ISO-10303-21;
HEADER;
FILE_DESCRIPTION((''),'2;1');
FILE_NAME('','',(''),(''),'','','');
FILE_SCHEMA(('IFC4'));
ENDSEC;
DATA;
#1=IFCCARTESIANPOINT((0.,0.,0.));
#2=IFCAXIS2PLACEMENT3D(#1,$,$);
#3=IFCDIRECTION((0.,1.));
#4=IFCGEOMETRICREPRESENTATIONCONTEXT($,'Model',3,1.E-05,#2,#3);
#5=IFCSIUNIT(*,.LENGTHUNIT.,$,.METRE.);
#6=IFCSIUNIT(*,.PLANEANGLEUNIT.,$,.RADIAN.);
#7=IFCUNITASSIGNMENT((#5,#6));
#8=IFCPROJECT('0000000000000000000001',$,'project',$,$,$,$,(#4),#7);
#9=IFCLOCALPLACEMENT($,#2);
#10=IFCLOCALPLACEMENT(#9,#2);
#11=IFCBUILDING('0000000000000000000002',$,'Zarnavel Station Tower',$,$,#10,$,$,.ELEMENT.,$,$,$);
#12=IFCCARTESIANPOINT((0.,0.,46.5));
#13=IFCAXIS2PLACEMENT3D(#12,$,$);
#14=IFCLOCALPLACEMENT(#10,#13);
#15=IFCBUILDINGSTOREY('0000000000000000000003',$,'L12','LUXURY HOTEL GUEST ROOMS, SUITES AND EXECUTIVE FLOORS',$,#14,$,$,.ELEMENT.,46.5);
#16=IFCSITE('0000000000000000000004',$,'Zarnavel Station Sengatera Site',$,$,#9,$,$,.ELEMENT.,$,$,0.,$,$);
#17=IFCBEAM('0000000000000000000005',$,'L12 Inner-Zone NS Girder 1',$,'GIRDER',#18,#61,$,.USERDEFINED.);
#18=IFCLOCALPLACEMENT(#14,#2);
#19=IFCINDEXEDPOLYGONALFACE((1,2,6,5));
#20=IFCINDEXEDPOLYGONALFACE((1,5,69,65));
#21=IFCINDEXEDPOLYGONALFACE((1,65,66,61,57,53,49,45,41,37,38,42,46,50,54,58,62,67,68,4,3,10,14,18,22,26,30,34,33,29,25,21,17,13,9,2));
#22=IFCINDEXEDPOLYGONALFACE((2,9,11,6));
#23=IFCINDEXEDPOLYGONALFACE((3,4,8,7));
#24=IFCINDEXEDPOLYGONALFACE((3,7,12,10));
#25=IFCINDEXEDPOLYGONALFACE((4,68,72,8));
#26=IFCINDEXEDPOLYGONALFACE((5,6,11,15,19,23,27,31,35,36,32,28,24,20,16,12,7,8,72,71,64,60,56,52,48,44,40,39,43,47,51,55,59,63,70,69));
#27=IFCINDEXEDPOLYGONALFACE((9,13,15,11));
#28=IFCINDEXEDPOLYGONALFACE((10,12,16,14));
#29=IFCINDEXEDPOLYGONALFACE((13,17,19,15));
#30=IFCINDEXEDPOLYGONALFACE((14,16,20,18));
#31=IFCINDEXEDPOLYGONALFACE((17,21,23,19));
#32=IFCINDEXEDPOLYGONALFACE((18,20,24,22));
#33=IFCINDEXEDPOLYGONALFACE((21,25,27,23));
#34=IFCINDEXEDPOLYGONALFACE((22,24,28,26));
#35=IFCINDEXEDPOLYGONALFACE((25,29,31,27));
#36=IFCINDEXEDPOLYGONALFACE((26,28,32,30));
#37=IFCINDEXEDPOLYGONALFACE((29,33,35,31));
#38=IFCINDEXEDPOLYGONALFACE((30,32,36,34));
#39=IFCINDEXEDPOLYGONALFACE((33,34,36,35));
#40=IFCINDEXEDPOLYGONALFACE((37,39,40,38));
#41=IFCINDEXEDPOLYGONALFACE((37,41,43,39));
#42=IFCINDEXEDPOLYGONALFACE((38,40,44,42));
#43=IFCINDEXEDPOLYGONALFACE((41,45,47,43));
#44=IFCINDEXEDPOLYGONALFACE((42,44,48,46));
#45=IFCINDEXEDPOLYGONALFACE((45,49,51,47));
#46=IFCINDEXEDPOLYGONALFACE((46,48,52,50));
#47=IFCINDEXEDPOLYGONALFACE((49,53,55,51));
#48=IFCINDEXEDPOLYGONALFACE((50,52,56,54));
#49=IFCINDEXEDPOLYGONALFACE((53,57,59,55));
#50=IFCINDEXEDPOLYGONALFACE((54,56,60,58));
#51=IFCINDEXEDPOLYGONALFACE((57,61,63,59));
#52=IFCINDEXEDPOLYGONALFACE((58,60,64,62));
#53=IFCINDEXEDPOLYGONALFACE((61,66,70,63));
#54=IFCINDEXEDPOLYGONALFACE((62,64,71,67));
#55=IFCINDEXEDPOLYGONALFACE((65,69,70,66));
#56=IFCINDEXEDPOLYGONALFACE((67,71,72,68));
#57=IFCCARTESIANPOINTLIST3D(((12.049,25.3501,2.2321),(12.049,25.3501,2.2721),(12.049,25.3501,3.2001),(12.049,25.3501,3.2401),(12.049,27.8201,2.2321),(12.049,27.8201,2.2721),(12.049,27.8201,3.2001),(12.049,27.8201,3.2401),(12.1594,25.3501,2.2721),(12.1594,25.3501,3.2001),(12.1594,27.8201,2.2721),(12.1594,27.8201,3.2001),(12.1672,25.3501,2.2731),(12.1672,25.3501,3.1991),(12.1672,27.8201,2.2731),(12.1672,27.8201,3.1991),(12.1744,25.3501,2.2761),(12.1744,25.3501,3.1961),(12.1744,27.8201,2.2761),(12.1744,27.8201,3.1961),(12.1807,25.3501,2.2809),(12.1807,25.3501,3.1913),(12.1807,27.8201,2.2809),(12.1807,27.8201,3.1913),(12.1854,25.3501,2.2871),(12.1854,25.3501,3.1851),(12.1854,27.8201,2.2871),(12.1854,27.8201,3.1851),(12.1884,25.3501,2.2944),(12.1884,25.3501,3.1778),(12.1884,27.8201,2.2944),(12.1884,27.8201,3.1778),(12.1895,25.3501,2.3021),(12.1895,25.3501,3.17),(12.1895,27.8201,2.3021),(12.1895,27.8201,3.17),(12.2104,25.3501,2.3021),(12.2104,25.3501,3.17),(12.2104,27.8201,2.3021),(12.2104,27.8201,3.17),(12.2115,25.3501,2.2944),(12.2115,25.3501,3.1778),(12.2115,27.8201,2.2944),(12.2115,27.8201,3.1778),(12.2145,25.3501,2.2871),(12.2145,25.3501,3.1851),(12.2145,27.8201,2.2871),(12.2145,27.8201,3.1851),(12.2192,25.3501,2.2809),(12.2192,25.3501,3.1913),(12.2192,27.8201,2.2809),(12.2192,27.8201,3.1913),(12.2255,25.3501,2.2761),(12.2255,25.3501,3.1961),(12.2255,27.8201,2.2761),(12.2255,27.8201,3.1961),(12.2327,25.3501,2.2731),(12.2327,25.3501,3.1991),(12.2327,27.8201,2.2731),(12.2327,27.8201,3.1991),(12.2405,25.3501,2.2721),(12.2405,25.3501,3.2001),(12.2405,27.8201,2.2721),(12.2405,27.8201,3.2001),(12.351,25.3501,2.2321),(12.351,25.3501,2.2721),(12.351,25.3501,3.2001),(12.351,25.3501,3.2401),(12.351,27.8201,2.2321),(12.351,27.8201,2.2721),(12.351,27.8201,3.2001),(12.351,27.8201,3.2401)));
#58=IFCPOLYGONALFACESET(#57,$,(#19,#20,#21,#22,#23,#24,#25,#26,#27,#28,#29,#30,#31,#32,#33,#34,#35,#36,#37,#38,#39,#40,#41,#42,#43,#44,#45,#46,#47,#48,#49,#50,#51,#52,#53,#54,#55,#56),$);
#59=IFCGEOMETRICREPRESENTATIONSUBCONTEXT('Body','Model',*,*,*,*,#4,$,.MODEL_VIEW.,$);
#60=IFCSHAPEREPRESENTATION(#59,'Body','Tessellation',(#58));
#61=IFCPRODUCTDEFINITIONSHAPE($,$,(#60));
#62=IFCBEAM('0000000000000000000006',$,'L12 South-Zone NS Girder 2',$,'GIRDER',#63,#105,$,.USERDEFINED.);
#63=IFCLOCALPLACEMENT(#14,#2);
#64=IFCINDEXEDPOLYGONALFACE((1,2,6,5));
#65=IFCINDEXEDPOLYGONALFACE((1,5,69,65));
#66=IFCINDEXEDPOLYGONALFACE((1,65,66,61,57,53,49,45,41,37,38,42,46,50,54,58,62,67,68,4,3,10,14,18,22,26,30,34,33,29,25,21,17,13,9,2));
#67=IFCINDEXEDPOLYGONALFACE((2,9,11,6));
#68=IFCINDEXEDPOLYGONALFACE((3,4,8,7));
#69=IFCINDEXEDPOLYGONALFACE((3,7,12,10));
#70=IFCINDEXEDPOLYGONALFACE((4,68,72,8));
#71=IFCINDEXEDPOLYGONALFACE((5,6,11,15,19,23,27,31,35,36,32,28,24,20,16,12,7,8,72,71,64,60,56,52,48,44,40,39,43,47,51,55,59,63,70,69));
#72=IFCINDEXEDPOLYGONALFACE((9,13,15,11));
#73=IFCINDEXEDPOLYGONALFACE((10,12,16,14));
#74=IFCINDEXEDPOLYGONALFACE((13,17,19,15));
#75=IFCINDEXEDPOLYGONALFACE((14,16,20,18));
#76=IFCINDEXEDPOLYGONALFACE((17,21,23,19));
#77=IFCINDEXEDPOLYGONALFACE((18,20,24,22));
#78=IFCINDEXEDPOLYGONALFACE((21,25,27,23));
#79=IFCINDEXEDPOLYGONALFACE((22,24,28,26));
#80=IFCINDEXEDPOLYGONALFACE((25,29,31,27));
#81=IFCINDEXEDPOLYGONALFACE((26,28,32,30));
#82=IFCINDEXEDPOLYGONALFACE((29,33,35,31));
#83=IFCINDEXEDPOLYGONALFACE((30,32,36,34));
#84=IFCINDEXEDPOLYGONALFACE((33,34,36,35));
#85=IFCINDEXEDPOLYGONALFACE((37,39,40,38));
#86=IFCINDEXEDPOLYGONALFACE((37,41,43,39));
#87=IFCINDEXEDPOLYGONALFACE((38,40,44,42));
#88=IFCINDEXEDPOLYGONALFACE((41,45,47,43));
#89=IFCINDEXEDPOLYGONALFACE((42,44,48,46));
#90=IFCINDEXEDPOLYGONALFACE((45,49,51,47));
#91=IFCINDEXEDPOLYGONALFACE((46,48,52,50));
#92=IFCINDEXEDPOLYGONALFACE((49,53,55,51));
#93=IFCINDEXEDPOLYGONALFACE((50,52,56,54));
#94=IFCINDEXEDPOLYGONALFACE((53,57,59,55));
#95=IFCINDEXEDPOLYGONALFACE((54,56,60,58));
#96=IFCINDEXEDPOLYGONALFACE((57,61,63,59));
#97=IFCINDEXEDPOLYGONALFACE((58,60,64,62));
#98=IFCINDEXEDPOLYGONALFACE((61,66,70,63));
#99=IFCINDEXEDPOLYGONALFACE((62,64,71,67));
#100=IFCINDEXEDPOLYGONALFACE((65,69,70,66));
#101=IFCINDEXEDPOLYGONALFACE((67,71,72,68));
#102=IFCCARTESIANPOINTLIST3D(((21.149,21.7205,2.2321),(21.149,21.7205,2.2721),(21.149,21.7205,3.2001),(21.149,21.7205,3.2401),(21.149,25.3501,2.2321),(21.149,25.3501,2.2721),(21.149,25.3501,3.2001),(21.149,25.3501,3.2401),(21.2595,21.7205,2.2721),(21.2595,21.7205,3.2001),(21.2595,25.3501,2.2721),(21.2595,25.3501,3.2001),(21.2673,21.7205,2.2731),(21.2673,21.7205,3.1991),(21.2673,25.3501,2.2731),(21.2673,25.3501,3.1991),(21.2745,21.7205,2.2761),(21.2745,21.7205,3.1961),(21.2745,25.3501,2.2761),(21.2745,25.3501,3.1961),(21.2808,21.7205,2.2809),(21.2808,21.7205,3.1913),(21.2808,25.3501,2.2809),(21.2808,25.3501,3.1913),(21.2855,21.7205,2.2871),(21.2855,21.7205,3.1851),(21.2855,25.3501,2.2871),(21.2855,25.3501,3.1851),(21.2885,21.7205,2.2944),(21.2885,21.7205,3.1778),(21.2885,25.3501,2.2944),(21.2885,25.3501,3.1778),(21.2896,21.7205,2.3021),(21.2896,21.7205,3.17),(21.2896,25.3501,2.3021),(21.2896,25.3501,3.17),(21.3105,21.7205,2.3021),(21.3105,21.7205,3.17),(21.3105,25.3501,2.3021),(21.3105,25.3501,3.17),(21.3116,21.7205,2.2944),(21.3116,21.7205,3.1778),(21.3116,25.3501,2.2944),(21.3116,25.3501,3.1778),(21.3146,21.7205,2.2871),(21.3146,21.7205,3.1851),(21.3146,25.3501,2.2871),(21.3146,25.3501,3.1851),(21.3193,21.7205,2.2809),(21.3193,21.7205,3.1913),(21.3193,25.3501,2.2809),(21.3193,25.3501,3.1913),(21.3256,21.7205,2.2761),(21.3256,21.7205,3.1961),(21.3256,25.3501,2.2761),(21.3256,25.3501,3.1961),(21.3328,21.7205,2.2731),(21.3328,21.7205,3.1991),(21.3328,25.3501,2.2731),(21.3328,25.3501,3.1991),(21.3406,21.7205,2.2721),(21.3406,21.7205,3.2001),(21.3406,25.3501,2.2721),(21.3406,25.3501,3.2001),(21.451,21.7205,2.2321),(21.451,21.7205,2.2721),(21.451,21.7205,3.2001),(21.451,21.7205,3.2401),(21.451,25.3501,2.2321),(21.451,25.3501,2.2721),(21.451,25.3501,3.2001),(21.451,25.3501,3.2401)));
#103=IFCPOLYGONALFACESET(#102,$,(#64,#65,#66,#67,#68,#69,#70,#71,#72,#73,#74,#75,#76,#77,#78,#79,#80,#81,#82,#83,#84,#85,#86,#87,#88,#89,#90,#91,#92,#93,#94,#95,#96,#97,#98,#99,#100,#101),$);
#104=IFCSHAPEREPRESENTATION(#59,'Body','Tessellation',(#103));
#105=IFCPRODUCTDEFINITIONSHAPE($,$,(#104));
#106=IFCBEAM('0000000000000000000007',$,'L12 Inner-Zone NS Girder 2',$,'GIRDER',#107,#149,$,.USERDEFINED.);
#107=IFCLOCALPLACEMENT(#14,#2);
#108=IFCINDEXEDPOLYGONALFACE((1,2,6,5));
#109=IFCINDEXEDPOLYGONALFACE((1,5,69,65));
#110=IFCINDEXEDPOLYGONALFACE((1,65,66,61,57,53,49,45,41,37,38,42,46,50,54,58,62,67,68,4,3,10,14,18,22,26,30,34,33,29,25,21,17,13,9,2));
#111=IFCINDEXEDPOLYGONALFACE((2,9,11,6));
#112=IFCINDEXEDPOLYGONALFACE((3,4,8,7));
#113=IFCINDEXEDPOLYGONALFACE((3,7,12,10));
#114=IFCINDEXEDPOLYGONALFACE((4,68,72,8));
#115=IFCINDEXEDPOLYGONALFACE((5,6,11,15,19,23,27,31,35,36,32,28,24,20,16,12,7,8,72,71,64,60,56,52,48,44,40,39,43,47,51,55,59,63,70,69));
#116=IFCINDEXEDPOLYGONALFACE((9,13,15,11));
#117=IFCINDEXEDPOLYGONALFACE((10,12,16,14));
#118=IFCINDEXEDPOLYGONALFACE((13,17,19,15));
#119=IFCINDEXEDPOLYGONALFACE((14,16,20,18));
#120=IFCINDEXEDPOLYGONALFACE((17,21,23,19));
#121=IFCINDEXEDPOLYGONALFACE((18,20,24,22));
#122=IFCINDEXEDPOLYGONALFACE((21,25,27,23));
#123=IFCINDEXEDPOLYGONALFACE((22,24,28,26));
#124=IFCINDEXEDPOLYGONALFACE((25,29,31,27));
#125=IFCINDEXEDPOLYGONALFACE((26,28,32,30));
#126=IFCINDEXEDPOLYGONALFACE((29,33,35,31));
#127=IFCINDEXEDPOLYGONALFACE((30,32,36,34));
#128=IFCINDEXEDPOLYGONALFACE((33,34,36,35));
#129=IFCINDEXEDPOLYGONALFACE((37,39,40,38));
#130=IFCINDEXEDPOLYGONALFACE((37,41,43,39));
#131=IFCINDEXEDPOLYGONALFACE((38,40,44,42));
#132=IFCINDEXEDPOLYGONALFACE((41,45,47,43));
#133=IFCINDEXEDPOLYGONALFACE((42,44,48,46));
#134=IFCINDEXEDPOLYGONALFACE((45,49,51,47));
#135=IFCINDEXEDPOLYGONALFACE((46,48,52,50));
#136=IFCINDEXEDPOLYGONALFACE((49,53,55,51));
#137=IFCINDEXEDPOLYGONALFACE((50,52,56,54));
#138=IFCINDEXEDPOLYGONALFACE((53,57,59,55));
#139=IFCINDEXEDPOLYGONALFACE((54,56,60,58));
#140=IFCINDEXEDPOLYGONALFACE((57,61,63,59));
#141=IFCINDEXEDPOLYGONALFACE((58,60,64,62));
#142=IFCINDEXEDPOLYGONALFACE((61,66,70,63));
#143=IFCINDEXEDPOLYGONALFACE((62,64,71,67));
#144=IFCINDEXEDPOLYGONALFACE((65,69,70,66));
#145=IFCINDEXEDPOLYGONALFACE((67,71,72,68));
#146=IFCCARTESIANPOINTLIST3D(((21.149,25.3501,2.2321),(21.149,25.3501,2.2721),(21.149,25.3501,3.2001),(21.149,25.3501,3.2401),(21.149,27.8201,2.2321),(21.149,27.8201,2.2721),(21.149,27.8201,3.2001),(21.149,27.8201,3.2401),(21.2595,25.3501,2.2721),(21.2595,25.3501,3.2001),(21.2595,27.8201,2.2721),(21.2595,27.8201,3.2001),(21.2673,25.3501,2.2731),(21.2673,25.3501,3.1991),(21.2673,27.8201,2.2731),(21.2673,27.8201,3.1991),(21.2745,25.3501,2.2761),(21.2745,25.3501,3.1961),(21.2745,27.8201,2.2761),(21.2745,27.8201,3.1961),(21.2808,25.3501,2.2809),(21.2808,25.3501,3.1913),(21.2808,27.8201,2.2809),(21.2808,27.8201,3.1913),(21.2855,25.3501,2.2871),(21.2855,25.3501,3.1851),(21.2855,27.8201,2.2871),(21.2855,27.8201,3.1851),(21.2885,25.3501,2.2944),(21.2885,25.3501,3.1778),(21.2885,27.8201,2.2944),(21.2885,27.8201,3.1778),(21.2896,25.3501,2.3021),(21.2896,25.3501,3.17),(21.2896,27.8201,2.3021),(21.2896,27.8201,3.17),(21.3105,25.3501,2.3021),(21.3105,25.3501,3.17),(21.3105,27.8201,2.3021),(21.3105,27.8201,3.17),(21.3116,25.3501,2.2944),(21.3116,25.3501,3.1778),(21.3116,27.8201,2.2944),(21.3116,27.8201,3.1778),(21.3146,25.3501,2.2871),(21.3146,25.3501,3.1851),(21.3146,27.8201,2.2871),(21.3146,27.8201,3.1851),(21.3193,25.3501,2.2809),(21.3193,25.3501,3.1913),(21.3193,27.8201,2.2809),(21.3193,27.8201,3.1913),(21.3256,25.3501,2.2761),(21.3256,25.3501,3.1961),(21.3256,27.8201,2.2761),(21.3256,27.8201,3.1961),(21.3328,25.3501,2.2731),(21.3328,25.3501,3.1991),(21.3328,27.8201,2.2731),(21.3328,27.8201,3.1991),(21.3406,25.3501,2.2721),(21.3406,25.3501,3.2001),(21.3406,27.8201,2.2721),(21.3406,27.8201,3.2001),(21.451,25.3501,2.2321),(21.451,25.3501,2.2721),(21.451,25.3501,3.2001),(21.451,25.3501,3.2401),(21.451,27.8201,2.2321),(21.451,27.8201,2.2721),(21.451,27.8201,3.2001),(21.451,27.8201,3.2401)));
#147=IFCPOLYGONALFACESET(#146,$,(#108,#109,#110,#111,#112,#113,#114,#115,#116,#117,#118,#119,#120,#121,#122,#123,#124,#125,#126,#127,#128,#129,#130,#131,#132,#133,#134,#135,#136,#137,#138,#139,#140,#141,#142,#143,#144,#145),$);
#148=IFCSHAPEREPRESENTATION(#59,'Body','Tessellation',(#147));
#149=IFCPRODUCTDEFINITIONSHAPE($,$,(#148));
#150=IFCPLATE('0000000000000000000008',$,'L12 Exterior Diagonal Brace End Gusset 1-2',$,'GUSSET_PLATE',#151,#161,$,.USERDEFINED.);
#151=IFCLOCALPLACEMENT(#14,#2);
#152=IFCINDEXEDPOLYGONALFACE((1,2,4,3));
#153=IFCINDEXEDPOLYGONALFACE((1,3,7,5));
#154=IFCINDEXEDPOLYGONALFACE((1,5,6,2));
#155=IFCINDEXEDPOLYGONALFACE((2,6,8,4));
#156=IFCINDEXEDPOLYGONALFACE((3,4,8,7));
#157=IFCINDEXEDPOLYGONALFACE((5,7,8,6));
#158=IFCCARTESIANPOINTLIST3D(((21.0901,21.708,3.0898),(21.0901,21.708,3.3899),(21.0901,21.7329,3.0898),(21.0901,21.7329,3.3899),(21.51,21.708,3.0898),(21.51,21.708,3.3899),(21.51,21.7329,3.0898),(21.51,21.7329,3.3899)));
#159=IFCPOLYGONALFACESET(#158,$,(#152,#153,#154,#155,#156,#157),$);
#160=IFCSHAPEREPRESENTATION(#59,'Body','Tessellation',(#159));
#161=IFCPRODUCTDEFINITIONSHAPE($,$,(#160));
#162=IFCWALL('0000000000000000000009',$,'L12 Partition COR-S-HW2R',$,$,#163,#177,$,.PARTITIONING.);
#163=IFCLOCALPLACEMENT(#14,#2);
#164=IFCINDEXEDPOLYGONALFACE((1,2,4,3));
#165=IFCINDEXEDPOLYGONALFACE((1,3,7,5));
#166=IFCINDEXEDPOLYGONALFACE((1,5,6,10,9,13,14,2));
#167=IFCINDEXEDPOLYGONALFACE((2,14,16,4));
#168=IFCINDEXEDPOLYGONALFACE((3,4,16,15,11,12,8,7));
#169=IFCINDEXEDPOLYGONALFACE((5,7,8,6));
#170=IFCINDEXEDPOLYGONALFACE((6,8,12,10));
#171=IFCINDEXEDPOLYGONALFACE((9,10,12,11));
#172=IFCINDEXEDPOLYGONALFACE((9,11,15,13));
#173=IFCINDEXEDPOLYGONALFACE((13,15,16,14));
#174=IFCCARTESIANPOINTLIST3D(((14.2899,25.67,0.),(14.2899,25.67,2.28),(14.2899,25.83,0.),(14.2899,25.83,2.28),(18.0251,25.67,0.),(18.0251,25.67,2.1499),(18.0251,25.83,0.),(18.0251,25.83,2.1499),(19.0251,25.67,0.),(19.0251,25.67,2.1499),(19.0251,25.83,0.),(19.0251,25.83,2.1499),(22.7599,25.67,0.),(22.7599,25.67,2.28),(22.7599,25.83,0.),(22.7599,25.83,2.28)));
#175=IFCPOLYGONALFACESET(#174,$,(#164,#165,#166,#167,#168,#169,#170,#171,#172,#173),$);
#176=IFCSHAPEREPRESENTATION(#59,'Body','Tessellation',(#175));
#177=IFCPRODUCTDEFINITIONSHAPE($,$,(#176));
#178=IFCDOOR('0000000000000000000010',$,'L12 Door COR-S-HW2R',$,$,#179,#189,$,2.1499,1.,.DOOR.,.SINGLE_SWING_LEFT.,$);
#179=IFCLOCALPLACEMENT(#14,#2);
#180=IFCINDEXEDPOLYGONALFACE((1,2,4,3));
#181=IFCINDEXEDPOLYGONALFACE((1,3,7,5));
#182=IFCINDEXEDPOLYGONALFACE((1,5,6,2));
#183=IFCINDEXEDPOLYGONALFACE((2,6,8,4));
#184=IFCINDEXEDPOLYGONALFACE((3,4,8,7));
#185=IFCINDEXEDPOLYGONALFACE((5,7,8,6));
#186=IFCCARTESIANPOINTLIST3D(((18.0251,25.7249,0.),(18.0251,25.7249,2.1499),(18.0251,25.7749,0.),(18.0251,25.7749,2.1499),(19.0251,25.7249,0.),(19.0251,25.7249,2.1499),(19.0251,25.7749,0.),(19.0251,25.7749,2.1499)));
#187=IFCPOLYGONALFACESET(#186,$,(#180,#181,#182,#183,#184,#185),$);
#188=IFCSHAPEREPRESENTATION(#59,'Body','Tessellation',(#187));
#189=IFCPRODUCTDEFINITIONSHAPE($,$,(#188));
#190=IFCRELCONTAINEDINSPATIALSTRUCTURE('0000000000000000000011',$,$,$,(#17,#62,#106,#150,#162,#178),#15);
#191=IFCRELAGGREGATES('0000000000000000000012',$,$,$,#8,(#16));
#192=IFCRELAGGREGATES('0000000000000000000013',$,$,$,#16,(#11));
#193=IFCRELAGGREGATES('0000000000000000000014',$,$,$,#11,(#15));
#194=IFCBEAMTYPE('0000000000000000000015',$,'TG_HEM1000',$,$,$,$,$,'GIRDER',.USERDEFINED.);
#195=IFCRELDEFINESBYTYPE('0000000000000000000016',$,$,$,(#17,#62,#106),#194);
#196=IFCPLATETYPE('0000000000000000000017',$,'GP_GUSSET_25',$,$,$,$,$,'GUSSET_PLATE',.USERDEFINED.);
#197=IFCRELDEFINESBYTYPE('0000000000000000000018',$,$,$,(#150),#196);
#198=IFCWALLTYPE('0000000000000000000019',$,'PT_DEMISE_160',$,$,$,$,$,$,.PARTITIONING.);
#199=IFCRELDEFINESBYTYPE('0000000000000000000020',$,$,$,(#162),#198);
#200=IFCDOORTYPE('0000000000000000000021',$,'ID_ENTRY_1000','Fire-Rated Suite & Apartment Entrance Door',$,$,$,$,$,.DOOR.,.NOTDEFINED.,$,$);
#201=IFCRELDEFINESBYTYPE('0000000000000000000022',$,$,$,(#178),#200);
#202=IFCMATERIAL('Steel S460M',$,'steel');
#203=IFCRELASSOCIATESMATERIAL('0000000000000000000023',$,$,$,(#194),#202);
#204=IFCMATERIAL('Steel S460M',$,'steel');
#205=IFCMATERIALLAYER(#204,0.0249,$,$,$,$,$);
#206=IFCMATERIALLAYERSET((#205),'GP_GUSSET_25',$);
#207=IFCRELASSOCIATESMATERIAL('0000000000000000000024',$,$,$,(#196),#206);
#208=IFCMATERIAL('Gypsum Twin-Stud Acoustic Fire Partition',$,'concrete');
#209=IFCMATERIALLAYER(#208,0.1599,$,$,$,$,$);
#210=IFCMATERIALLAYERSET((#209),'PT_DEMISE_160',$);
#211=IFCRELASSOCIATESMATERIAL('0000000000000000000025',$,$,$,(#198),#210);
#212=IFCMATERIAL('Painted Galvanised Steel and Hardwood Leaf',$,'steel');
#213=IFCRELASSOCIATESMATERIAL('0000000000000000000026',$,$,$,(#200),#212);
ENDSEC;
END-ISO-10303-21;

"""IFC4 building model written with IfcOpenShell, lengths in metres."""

from ifc_helpers import new_model, si_unit, direction, frame, frame_2d, origin, origin_2d, place, context, subcontext, project, spatial, rectangle, i_section, extrude, material, layer, layer_set, material_profile, profile_set, type_object, element, fill, save


model = new_model("IFC4")

# Units and contexts
model_context = context("Model", 3, precision=1e-05, world=origin(), true_north=direction((0.0, 1.0)))
body_context = subcontext(model_context, "Body", "Model", "MODEL_VIEW")
ifc_project = project(units=[si_unit("LENGTHUNIT", "METRE"), si_unit("PLANEANGLEUNIT", "RADIAN")], contexts=[model_context])

# Site, building, storey
site_placement = place(None, origin())
site = spatial("IfcSite", under=ifc_project, at=site_placement, Name="Zarnavel Station Sengatera Site", CompositionType="ELEMENT", RefElevation=0.0)
building_placement = place(site_placement, origin())
building = spatial("IfcBuilding", under=site, at=building_placement, Name="Zarnavel Station Tower", CompositionType="ELEMENT")
storey_placement = place(building_placement, frame((0.0, 0.0, 46.5)))
storey = spatial("IfcBuildingStorey", under=building, at=storey_placement, Name="L12", Description="LUXURY HOTEL GUEST ROOMS, SUITES AND EXECUTIVE FLOORS", CompositionType="ELEMENT", Elevation=46.5)

# Beams
ifc_material_1 = material(Name="Steel S460M", Category="steel")
ifc_material_profile_1 = material_profile(ifc_material_1, i_section(OverallWidth=0.302, OverallDepth=1.0081, WebThickness=0.021, FlangeThickness=0.04, FilletRadius=0.03, at=origin_2d()), Name="HEM1000")
ifc_profile_set_1 = profile_set([ifc_material_profile_1], Name="Steel S460M")
beam_type_1 = type_object("IfcBeamType", Name="TG_HEM1000", ElementType="GIRDER", PredefinedType="USERDEFINED", material=ifc_profile_set_1)
beam_1_placement = place(storey_placement, frame((12.2, 25.3501, 2.7361), z_axis=(0.0, 1.0, 0.0), x_axis=(-1.0, 0.0, 0.0)))
element("IfcBeam", 1, at=beam_1_placement, inside=storey, type_object=beam_type_1, Name="L12 Inner-Zone NS Girder 1", ObjectType="GIRDER", PredefinedType="USERDEFINED", context=body_context, shape_type="SweptSolid", body=[
    extrude(i_section(OverallWidth=0.302, OverallDepth=1.0081, WebThickness=0.021, FlangeThickness=0.04, FilletRadius=0.03, at=origin_2d()), origin(), (0.0, 0.0, 1.0), 2.47),
])
beam_2_placement = place(storey_placement, frame((21.3, 21.7205, 2.7361), z_axis=(0.0, 1.0, 0.0), x_axis=(-1.0, 0.0, 0.0)))
element("IfcBeam", 2, at=beam_2_placement, inside=storey, type_object=beam_type_1, Name="L12 South-Zone NS Girder 2", ObjectType="GIRDER", PredefinedType="USERDEFINED", context=body_context, shape_type="SweptSolid", body=[
    extrude(i_section(OverallWidth=0.302, OverallDepth=1.0081, WebThickness=0.021, FlangeThickness=0.04, FilletRadius=0.03, at=origin_2d()), origin(), (0.0, 0.0, 1.0), 3.6296),
])
beam_3_placement = place(storey_placement, frame((21.3, 25.3501, 2.7361), z_axis=(0.0, 1.0, 0.0), x_axis=(-1.0, 0.0, 0.0)))
element("IfcBeam", 3, at=beam_3_placement, inside=storey, type_object=beam_type_1, Name="L12 Inner-Zone NS Girder 2", ObjectType="GIRDER", PredefinedType="USERDEFINED", context=body_context, shape_type="SweptSolid", body=[
    extrude(i_section(OverallWidth=0.302, OverallDepth=1.0081, WebThickness=0.021, FlangeThickness=0.04, FilletRadius=0.03, at=origin_2d()), origin(), (0.0, 0.0, 1.0), 2.47),
])

# Plate
ifc_material_2 = material(Name="Steel S460M", Category="steel")
ifc_layer_1 = layer(ifc_material_2, 0.0249)
ifc_layer_set_1 = layer_set([ifc_layer_1], Name="GP_GUSSET_25")
plate_type = type_object("IfcPlateType", Name="GP_GUSSET_25", ElementType="GUSSET_PLATE", PredefinedType="USERDEFINED", material=ifc_layer_set_1)
plate_placement = place(storey_placement, frame((21.3, 21.7205, 3.0898), z_axis=(0.0, 0.0, 1.0), x_axis=(1.0, 0.0, 0.0)))
element("IfcPlate", 4, at=plate_placement, inside=storey, type_object=plate_type, Name="L12 Exterior Diagonal Brace End Gusset 1-2", ObjectType="GUSSET_PLATE", PredefinedType="USERDEFINED", context=body_context, shape_type="SweptSolid", body=[
    extrude(rectangle(XDim=0.4199, YDim=0.0249, at=origin_2d()), origin(), (0.0, 0.0, 1.0), 0.3),
])

# Wall, opening, door
ifc_material_3 = material(Name="Gypsum Twin-Stud Acoustic Fire Partition", Category="concrete")
ifc_layer_2 = layer(ifc_material_3, 0.1599)
ifc_layer_set_2 = layer_set([ifc_layer_2], Name="PT_DEMISE_160")
wall_type_1 = type_object("IfcWallType", Name="PT_DEMISE_160", PredefinedType="PARTITIONING", material=ifc_layer_set_2)
wall_1_placement = place(storey_placement, frame((14.29, 25.75, 0.0), z_axis=(0.0, 0.0, 1.0), x_axis=(1.0, 0.0, 0.0)))
wall_1 = element("IfcWall", 5, at=wall_1_placement, inside=storey, type_object=wall_type_1, Name="L12 Partition COR-S-HW2R", PredefinedType="PARTITIONING", context=body_context, shape_type="SweptSolid", body=[
    extrude(rectangle(XDim=8.47, YDim=0.1599, at=frame_2d((4.2349, 0.0))), origin(), (0.0, 0.0, 1.0), 2.28),
])
opening_1_placement = place(wall_1_placement, frame((3.7351, 0.0, 0.0)))
opening_1 = element("IfcOpeningElement", 6, at=opening_1_placement, cuts=wall_1, PredefinedType="OPENING", context=body_context, shape_type="SweptSolid", body=[
    extrude(rectangle(XDim=1.0, YDim=2.1499, at=frame_2d((0.5, 1.075))), frame((0.0, 0.0898, 0.0), z_axis=(0.0, -1.0, 0.0), x_axis=(1.0, 0.0, 0.0)), (0.0, 0.0, 1.0), 0.1799),
])
ifc_material_4 = material(Name="Painted Galvanised Steel and Hardwood Leaf", Category="steel")
door_type_1 = type_object("IfcDoorType", Name="ID_ENTRY_1000", Description="Fire-Rated Suite & Apartment Entrance Door", OperationType="NOTDEFINED", PredefinedType="DOOR", material=ifc_material_4)
door_1_placement = place(opening_1_placement, origin())
door_1 = element("IfcDoor", 7, at=door_1_placement, inside=storey, type_object=door_type_1, Name="L12 Door COR-S-HW2R", OperationType="SINGLE_SWING_LEFT", OverallHeight=2.1499, OverallWidth=1.0, PredefinedType="DOOR", context=body_context, shape_type="SweptSolid", body=[
    extrude(rectangle(XDim=1.0, YDim=2.1499, at=frame_2d((0.5, 1.075))), frame((0.0, 0.0249, 0.0), z_axis=(0.0, -1.0, 0.0), x_axis=(1.0, 0.0, 0.0)), (0.0, 0.0, 1.0), 0.05),
])
fill(opening_1, door_1)

save(model, "model.ifc")
